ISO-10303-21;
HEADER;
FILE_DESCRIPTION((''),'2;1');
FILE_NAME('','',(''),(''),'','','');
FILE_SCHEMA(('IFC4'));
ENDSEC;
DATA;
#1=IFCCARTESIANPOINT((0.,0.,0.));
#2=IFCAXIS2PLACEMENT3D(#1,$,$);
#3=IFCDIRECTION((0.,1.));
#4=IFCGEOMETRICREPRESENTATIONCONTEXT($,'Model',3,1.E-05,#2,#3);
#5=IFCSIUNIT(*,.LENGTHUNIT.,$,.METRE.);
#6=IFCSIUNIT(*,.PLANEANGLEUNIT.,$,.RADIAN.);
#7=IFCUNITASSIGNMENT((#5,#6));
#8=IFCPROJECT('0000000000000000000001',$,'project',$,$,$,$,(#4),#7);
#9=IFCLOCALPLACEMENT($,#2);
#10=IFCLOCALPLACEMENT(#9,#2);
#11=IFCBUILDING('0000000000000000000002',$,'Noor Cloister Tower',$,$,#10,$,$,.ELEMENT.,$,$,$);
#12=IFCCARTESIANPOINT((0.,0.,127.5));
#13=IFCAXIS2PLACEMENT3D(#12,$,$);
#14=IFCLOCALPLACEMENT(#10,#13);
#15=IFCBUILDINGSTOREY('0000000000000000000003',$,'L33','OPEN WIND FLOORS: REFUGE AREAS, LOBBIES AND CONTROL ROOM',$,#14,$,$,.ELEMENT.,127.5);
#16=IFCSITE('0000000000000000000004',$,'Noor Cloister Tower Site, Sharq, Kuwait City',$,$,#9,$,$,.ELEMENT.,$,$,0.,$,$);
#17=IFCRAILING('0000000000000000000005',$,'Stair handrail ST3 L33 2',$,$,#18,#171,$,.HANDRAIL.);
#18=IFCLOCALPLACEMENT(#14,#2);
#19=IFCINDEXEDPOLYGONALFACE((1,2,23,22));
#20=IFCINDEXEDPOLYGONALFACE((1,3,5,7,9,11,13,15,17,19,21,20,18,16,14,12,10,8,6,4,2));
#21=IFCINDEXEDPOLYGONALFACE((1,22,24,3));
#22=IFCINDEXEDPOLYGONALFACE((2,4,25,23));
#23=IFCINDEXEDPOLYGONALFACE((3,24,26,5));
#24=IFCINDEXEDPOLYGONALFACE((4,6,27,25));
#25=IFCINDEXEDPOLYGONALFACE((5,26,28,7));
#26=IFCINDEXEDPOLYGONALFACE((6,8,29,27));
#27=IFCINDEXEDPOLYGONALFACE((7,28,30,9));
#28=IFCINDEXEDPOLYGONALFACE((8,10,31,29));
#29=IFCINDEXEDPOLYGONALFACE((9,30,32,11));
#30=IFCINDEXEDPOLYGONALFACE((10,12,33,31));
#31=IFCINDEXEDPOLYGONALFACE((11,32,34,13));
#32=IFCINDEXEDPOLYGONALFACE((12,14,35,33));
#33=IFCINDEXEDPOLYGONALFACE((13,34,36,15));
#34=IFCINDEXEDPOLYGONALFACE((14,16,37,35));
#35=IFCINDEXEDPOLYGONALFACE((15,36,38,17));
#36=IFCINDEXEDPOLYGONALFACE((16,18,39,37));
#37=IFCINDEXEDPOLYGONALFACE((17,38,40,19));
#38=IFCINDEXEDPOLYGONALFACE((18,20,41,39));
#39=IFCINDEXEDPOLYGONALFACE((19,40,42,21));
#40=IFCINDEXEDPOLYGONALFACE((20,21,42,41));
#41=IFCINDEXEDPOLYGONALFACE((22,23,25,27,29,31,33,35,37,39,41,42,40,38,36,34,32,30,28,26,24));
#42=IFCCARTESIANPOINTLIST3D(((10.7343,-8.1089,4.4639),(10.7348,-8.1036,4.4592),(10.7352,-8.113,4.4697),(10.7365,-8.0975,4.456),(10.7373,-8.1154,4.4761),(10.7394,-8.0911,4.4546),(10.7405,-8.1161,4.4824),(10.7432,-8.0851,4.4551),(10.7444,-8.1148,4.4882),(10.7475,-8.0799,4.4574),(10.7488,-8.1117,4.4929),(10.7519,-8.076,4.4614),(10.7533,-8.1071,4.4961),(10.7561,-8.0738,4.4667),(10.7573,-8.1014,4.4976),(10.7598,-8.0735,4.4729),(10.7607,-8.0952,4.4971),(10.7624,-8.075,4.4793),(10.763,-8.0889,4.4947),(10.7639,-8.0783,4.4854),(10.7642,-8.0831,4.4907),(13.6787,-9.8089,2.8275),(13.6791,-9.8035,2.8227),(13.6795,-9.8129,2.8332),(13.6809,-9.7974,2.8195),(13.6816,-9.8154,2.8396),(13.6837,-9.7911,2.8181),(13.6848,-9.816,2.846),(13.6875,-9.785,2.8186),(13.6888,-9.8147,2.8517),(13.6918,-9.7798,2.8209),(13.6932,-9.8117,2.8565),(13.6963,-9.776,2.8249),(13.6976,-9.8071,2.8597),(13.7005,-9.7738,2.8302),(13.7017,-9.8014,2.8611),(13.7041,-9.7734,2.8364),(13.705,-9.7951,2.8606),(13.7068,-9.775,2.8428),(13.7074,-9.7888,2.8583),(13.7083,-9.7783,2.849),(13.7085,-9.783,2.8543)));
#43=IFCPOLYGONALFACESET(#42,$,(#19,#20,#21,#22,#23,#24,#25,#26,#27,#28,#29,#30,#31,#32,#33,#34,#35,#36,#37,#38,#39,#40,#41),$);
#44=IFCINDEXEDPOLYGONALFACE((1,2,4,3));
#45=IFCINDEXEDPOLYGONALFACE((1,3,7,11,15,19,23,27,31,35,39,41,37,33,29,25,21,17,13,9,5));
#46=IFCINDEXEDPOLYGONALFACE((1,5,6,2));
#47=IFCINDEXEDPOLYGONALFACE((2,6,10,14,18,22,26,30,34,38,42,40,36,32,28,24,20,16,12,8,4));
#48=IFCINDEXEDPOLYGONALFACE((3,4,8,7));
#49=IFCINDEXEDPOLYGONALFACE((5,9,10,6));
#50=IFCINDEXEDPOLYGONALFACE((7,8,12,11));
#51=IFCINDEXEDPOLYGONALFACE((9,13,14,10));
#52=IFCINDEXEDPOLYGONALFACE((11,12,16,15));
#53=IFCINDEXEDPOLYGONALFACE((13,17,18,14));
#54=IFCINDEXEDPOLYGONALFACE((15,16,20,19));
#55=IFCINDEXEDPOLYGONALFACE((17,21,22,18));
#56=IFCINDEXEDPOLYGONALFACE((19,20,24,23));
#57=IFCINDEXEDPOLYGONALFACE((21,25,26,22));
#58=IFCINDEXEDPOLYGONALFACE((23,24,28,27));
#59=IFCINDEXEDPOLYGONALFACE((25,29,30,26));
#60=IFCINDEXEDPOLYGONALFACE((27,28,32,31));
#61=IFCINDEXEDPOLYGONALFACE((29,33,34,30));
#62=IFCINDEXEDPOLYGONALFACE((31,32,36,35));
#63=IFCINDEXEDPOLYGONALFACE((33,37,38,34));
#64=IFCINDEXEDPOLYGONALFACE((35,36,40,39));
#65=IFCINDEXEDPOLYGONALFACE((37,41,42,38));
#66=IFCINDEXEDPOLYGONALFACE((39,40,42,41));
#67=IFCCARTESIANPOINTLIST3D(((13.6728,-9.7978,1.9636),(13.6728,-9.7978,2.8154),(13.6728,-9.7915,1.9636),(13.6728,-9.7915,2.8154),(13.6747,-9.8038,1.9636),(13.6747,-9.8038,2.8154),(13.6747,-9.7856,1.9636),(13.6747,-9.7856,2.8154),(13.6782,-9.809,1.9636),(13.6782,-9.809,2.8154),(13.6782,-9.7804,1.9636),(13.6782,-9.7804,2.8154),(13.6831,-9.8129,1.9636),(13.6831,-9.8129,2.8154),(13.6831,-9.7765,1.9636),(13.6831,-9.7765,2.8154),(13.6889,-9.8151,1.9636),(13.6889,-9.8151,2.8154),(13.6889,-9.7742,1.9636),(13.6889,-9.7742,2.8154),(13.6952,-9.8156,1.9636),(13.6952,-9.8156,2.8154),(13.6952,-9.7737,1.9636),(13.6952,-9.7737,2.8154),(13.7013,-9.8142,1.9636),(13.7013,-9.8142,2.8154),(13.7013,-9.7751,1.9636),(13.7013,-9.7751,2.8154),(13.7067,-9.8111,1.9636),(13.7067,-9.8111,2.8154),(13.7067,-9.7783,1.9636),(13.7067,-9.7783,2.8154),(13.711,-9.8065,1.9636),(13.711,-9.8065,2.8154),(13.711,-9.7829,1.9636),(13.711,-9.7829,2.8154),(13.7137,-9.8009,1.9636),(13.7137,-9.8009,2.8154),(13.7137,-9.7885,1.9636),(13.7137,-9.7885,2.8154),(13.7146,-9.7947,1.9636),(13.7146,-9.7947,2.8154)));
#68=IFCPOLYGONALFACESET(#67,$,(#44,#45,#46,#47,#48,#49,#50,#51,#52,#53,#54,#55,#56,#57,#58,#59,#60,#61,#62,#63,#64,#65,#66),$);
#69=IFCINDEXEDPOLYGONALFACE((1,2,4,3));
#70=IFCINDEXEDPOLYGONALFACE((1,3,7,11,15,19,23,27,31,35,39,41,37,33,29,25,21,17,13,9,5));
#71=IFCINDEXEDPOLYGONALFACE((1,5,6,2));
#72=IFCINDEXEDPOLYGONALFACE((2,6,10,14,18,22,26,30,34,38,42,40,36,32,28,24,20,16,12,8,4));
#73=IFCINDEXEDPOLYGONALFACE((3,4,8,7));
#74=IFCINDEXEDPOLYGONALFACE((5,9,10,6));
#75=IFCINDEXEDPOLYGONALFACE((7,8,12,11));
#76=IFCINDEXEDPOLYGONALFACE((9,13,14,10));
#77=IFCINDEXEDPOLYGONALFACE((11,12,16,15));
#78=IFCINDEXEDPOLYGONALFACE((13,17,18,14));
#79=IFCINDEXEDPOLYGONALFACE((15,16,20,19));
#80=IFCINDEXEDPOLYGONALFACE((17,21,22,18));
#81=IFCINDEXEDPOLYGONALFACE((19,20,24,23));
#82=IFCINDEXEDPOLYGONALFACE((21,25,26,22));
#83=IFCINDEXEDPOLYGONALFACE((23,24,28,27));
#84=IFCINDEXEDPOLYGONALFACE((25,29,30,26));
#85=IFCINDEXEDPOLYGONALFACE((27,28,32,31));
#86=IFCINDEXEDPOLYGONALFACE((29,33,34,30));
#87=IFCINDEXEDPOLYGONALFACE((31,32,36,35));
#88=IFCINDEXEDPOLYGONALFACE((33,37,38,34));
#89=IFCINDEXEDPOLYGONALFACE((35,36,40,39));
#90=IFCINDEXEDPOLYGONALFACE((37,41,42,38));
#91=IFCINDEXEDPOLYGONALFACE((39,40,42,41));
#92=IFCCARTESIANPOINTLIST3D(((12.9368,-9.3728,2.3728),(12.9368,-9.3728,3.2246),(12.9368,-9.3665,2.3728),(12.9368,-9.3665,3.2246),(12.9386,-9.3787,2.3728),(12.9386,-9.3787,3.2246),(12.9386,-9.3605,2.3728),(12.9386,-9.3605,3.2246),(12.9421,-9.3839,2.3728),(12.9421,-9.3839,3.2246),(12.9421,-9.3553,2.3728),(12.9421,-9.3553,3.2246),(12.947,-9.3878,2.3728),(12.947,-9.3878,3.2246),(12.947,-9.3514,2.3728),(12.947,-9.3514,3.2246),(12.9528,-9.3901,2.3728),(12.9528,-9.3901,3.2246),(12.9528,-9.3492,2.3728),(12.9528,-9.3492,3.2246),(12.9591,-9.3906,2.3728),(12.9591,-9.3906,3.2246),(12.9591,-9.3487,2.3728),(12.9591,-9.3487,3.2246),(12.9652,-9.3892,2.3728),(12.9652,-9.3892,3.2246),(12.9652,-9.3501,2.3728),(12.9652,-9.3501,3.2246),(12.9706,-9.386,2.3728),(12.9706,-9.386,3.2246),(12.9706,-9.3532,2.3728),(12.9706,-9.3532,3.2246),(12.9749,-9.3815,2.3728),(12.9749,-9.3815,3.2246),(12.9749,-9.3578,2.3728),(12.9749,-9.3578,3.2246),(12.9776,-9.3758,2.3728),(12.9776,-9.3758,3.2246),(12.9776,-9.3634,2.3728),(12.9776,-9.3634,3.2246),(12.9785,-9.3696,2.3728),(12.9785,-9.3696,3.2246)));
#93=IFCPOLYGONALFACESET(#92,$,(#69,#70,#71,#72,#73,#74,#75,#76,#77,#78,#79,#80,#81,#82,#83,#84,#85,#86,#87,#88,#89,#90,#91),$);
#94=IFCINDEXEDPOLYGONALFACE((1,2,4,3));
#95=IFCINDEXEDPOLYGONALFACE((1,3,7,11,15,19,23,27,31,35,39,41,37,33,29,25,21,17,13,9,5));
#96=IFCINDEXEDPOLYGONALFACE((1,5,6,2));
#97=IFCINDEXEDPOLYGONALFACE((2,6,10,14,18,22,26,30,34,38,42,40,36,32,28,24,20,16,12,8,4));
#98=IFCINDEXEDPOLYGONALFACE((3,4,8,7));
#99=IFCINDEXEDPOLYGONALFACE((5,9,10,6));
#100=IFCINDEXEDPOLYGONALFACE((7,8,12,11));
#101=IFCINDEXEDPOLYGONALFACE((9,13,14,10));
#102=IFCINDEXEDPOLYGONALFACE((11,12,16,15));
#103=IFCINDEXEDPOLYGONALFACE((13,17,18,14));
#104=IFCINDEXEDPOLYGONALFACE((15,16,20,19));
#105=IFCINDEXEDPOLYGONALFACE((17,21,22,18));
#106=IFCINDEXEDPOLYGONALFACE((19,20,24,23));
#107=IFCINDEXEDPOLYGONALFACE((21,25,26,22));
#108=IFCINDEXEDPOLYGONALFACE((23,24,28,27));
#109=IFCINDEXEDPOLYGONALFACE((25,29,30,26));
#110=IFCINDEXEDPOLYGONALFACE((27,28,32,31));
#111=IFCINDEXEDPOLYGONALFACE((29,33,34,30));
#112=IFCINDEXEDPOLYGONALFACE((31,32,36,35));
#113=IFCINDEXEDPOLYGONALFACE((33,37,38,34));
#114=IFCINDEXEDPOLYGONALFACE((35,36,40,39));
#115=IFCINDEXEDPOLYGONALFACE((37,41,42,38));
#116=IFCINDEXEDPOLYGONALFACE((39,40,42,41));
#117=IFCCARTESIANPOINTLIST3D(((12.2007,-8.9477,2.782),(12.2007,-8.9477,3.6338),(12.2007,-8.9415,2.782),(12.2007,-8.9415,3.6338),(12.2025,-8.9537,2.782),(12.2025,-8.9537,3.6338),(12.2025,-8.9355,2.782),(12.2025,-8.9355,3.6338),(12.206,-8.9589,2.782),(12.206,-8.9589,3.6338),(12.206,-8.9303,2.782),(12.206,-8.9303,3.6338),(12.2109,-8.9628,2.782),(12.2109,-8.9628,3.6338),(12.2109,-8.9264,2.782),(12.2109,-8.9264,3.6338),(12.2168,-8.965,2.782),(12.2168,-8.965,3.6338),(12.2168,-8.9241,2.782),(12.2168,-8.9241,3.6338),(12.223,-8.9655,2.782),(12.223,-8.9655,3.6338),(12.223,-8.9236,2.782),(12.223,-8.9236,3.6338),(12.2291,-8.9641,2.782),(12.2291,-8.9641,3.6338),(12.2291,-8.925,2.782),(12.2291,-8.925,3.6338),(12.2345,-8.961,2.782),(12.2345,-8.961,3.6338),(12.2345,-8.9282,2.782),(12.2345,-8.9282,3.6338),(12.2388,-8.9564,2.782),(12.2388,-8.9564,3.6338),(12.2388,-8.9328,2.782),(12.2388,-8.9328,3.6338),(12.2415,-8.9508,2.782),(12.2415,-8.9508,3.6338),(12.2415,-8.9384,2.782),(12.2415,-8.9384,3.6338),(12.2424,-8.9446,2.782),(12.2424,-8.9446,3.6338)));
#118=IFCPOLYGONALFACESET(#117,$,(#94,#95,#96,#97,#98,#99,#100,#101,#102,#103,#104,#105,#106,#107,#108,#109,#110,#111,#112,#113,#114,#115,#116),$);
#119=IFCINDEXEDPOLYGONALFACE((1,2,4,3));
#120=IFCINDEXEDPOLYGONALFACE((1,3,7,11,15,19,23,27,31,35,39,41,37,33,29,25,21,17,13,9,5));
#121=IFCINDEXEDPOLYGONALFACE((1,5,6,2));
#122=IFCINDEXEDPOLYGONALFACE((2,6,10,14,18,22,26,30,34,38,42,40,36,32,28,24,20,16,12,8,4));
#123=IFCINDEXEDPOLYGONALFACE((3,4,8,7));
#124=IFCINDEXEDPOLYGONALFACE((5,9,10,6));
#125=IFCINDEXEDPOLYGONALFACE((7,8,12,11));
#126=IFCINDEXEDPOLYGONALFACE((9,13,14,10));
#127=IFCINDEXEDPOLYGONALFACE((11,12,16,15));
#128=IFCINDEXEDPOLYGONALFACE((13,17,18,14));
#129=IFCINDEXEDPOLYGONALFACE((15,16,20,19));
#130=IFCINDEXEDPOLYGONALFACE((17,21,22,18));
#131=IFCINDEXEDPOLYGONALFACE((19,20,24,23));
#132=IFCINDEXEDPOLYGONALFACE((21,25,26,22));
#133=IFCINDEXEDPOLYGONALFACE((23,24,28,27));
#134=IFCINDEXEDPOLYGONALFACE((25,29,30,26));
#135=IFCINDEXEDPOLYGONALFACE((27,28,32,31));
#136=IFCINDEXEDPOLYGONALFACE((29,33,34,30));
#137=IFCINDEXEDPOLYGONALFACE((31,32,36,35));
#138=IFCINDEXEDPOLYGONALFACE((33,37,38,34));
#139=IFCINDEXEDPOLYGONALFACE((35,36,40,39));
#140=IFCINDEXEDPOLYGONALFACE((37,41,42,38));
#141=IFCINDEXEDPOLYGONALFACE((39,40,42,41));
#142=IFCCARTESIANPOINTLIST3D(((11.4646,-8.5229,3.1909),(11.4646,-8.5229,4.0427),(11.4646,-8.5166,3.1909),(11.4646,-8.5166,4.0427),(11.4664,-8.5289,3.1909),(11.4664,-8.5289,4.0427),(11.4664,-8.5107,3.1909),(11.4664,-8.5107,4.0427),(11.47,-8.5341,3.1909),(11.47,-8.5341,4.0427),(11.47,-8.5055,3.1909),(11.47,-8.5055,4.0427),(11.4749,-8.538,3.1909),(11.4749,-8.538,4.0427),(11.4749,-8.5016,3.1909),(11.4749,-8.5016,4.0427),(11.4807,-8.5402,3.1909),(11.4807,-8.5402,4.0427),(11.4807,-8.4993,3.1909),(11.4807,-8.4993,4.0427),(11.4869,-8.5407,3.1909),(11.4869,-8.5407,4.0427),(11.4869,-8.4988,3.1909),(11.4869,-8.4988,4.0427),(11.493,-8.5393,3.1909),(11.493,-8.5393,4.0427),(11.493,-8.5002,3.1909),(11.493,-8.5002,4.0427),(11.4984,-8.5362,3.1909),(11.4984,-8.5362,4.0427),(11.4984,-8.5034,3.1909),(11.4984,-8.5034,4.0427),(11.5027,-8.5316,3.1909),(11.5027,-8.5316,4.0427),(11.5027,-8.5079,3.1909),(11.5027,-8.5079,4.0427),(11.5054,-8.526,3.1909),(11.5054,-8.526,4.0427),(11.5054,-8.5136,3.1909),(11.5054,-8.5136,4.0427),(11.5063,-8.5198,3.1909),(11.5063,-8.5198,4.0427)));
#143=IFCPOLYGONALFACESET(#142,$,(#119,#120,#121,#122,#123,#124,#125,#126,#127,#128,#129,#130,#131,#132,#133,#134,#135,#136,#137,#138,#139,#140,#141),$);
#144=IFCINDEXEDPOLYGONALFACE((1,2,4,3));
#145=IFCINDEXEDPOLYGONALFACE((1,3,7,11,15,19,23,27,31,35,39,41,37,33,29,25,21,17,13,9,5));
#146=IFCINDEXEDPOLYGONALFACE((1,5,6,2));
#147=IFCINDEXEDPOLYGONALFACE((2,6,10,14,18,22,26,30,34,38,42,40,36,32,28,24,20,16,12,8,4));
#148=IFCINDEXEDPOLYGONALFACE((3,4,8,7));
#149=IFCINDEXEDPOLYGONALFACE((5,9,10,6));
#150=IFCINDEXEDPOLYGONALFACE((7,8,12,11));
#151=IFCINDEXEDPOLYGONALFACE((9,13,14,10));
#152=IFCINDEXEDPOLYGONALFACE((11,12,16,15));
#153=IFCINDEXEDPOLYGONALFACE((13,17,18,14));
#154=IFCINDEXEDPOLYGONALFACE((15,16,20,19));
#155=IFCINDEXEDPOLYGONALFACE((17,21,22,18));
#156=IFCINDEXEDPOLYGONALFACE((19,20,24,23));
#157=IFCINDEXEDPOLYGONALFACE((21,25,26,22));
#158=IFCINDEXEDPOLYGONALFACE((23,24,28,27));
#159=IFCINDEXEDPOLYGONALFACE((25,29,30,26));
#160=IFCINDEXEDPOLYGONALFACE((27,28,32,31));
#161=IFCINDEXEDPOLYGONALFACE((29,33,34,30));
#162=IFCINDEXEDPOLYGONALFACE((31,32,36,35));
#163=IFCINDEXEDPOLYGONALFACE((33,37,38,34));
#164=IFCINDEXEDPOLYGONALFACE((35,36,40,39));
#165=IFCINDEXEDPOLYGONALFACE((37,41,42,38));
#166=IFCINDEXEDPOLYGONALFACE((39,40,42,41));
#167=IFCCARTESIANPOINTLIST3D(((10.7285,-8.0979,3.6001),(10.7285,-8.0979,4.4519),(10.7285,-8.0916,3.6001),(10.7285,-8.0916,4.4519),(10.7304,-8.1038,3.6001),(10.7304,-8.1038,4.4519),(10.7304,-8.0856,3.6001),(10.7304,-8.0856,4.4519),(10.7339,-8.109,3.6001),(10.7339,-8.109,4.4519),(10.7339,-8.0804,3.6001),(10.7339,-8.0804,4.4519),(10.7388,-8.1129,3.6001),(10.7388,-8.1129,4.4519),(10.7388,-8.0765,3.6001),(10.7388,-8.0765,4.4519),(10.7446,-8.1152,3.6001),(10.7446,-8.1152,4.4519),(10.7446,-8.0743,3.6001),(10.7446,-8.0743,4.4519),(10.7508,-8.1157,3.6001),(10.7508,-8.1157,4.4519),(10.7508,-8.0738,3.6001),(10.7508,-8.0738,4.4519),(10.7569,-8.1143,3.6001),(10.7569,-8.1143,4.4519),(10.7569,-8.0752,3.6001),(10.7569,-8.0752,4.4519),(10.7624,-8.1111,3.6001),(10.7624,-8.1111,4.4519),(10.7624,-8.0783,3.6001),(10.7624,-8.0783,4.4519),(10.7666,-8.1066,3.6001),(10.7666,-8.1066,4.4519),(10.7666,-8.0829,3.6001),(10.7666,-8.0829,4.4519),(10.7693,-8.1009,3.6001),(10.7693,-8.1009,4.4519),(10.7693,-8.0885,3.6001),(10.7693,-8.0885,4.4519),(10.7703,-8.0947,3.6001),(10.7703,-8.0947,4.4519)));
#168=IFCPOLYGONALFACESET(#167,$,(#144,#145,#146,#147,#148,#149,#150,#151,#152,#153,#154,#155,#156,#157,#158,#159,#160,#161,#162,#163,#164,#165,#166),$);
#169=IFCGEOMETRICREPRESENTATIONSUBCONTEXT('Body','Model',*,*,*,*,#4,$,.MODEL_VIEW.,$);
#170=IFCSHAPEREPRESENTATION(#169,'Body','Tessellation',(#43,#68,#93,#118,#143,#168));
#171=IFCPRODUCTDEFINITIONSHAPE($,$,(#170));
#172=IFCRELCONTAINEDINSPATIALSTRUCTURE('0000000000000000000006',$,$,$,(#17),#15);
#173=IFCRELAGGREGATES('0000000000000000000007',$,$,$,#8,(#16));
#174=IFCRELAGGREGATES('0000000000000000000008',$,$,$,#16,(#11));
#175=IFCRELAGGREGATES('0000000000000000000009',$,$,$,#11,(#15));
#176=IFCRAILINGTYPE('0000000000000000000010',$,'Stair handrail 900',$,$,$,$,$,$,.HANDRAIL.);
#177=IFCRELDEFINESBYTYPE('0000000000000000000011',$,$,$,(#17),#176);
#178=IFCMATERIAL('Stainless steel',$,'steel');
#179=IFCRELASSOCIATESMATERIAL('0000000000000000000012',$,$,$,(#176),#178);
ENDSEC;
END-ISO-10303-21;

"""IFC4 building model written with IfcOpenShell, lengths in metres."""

from ifc_helpers import new_model, si_unit, direction, frame, origin, origin_2d, place, context, subcontext, project, spatial, circle, extrude, material, type_object, element, save


model = new_model("IFC4")

# Units and contexts
model_context = context("Model", 3, precision=1e-05, world=origin(), true_north=direction((0.0, 1.0)))
body_context = subcontext(model_context, "Body", "Model", "MODEL_VIEW")
ifc_project = project(units=[si_unit("LENGTHUNIT", "METRE"), si_unit("PLANEANGLEUNIT", "RADIAN")], contexts=[model_context])

# Site, building, storey
site_placement = place(None, origin())
site = spatial("IfcSite", under=ifc_project, at=site_placement, Name="Noor Cloister Tower Site, Sharq, Kuwait City", CompositionType="ELEMENT", RefElevation=0.0)
building_placement = place(site_placement, origin())
building = spatial("IfcBuilding", under=site, at=building_placement, Name="Noor Cloister Tower", CompositionType="ELEMENT")
storey_placement = place(building_placement, frame((0.0, 0.0, 127.5)))
storey = spatial("IfcBuildingStorey", under=building, at=storey_placement, Name="L33", Description="OPEN WIND FLOORS: REFUGE AREAS, LOBBIES AND CONTROL ROOM", CompositionType="ELEMENT", Elevation=127.5)

# Railing
ifc_material_1 = material(Name="Stainless steel", Category="steel")
railing_type_1 = type_object("IfcRailingType", Name="Stair handrail 900", PredefinedType="HANDRAIL", material=ifc_material_1)
railing_1_placement = place(storey_placement, frame((13.6936, -9.7947, 1.9636)))
element("IfcRailing", 1, at=railing_1_placement, inside=storey, type_object=railing_type_1, Name="Stair handrail ST3 L33 2", PredefinedType="HANDRAIL", context=body_context, shape_type="SweptSolid", body=[
    extrude(circle(Radius=0.0239, at=origin_2d()), frame((0.0, 0.0, 0.876), z_axis=(-0.78033, 0.450534, 0.433711), x_axis=(-0.500008, -0.866021, 0.0)), (0.0, 0.0, 1.0), 3.7732),
    extrude(circle(Radius=0.021, at=origin_2d()), origin(), (0.0, 0.0, 1.0), 0.8518),
    extrude(circle(Radius=0.021, at=origin_2d()), frame((-0.7361, 0.425, 0.4092)), (0.0, 0.0, 1.0), 0.8518),
    extrude(circle(Radius=0.021, at=origin_2d()), frame((-1.4722, 0.8501, 0.8184)), (0.0, 0.0, 1.0), 0.8518),
    extrude(circle(Radius=0.021, at=origin_2d()), frame((-2.2083, 1.2749, 1.2273)), (0.0, 0.0, 1.0), 0.8518),
    extrude(circle(Radius=0.021, at=origin_2d()), frame((-2.9443, 1.7, 1.6365)), (0.0, 0.0, 1.0), 0.8518),
])

save(model, "model.ifc")
